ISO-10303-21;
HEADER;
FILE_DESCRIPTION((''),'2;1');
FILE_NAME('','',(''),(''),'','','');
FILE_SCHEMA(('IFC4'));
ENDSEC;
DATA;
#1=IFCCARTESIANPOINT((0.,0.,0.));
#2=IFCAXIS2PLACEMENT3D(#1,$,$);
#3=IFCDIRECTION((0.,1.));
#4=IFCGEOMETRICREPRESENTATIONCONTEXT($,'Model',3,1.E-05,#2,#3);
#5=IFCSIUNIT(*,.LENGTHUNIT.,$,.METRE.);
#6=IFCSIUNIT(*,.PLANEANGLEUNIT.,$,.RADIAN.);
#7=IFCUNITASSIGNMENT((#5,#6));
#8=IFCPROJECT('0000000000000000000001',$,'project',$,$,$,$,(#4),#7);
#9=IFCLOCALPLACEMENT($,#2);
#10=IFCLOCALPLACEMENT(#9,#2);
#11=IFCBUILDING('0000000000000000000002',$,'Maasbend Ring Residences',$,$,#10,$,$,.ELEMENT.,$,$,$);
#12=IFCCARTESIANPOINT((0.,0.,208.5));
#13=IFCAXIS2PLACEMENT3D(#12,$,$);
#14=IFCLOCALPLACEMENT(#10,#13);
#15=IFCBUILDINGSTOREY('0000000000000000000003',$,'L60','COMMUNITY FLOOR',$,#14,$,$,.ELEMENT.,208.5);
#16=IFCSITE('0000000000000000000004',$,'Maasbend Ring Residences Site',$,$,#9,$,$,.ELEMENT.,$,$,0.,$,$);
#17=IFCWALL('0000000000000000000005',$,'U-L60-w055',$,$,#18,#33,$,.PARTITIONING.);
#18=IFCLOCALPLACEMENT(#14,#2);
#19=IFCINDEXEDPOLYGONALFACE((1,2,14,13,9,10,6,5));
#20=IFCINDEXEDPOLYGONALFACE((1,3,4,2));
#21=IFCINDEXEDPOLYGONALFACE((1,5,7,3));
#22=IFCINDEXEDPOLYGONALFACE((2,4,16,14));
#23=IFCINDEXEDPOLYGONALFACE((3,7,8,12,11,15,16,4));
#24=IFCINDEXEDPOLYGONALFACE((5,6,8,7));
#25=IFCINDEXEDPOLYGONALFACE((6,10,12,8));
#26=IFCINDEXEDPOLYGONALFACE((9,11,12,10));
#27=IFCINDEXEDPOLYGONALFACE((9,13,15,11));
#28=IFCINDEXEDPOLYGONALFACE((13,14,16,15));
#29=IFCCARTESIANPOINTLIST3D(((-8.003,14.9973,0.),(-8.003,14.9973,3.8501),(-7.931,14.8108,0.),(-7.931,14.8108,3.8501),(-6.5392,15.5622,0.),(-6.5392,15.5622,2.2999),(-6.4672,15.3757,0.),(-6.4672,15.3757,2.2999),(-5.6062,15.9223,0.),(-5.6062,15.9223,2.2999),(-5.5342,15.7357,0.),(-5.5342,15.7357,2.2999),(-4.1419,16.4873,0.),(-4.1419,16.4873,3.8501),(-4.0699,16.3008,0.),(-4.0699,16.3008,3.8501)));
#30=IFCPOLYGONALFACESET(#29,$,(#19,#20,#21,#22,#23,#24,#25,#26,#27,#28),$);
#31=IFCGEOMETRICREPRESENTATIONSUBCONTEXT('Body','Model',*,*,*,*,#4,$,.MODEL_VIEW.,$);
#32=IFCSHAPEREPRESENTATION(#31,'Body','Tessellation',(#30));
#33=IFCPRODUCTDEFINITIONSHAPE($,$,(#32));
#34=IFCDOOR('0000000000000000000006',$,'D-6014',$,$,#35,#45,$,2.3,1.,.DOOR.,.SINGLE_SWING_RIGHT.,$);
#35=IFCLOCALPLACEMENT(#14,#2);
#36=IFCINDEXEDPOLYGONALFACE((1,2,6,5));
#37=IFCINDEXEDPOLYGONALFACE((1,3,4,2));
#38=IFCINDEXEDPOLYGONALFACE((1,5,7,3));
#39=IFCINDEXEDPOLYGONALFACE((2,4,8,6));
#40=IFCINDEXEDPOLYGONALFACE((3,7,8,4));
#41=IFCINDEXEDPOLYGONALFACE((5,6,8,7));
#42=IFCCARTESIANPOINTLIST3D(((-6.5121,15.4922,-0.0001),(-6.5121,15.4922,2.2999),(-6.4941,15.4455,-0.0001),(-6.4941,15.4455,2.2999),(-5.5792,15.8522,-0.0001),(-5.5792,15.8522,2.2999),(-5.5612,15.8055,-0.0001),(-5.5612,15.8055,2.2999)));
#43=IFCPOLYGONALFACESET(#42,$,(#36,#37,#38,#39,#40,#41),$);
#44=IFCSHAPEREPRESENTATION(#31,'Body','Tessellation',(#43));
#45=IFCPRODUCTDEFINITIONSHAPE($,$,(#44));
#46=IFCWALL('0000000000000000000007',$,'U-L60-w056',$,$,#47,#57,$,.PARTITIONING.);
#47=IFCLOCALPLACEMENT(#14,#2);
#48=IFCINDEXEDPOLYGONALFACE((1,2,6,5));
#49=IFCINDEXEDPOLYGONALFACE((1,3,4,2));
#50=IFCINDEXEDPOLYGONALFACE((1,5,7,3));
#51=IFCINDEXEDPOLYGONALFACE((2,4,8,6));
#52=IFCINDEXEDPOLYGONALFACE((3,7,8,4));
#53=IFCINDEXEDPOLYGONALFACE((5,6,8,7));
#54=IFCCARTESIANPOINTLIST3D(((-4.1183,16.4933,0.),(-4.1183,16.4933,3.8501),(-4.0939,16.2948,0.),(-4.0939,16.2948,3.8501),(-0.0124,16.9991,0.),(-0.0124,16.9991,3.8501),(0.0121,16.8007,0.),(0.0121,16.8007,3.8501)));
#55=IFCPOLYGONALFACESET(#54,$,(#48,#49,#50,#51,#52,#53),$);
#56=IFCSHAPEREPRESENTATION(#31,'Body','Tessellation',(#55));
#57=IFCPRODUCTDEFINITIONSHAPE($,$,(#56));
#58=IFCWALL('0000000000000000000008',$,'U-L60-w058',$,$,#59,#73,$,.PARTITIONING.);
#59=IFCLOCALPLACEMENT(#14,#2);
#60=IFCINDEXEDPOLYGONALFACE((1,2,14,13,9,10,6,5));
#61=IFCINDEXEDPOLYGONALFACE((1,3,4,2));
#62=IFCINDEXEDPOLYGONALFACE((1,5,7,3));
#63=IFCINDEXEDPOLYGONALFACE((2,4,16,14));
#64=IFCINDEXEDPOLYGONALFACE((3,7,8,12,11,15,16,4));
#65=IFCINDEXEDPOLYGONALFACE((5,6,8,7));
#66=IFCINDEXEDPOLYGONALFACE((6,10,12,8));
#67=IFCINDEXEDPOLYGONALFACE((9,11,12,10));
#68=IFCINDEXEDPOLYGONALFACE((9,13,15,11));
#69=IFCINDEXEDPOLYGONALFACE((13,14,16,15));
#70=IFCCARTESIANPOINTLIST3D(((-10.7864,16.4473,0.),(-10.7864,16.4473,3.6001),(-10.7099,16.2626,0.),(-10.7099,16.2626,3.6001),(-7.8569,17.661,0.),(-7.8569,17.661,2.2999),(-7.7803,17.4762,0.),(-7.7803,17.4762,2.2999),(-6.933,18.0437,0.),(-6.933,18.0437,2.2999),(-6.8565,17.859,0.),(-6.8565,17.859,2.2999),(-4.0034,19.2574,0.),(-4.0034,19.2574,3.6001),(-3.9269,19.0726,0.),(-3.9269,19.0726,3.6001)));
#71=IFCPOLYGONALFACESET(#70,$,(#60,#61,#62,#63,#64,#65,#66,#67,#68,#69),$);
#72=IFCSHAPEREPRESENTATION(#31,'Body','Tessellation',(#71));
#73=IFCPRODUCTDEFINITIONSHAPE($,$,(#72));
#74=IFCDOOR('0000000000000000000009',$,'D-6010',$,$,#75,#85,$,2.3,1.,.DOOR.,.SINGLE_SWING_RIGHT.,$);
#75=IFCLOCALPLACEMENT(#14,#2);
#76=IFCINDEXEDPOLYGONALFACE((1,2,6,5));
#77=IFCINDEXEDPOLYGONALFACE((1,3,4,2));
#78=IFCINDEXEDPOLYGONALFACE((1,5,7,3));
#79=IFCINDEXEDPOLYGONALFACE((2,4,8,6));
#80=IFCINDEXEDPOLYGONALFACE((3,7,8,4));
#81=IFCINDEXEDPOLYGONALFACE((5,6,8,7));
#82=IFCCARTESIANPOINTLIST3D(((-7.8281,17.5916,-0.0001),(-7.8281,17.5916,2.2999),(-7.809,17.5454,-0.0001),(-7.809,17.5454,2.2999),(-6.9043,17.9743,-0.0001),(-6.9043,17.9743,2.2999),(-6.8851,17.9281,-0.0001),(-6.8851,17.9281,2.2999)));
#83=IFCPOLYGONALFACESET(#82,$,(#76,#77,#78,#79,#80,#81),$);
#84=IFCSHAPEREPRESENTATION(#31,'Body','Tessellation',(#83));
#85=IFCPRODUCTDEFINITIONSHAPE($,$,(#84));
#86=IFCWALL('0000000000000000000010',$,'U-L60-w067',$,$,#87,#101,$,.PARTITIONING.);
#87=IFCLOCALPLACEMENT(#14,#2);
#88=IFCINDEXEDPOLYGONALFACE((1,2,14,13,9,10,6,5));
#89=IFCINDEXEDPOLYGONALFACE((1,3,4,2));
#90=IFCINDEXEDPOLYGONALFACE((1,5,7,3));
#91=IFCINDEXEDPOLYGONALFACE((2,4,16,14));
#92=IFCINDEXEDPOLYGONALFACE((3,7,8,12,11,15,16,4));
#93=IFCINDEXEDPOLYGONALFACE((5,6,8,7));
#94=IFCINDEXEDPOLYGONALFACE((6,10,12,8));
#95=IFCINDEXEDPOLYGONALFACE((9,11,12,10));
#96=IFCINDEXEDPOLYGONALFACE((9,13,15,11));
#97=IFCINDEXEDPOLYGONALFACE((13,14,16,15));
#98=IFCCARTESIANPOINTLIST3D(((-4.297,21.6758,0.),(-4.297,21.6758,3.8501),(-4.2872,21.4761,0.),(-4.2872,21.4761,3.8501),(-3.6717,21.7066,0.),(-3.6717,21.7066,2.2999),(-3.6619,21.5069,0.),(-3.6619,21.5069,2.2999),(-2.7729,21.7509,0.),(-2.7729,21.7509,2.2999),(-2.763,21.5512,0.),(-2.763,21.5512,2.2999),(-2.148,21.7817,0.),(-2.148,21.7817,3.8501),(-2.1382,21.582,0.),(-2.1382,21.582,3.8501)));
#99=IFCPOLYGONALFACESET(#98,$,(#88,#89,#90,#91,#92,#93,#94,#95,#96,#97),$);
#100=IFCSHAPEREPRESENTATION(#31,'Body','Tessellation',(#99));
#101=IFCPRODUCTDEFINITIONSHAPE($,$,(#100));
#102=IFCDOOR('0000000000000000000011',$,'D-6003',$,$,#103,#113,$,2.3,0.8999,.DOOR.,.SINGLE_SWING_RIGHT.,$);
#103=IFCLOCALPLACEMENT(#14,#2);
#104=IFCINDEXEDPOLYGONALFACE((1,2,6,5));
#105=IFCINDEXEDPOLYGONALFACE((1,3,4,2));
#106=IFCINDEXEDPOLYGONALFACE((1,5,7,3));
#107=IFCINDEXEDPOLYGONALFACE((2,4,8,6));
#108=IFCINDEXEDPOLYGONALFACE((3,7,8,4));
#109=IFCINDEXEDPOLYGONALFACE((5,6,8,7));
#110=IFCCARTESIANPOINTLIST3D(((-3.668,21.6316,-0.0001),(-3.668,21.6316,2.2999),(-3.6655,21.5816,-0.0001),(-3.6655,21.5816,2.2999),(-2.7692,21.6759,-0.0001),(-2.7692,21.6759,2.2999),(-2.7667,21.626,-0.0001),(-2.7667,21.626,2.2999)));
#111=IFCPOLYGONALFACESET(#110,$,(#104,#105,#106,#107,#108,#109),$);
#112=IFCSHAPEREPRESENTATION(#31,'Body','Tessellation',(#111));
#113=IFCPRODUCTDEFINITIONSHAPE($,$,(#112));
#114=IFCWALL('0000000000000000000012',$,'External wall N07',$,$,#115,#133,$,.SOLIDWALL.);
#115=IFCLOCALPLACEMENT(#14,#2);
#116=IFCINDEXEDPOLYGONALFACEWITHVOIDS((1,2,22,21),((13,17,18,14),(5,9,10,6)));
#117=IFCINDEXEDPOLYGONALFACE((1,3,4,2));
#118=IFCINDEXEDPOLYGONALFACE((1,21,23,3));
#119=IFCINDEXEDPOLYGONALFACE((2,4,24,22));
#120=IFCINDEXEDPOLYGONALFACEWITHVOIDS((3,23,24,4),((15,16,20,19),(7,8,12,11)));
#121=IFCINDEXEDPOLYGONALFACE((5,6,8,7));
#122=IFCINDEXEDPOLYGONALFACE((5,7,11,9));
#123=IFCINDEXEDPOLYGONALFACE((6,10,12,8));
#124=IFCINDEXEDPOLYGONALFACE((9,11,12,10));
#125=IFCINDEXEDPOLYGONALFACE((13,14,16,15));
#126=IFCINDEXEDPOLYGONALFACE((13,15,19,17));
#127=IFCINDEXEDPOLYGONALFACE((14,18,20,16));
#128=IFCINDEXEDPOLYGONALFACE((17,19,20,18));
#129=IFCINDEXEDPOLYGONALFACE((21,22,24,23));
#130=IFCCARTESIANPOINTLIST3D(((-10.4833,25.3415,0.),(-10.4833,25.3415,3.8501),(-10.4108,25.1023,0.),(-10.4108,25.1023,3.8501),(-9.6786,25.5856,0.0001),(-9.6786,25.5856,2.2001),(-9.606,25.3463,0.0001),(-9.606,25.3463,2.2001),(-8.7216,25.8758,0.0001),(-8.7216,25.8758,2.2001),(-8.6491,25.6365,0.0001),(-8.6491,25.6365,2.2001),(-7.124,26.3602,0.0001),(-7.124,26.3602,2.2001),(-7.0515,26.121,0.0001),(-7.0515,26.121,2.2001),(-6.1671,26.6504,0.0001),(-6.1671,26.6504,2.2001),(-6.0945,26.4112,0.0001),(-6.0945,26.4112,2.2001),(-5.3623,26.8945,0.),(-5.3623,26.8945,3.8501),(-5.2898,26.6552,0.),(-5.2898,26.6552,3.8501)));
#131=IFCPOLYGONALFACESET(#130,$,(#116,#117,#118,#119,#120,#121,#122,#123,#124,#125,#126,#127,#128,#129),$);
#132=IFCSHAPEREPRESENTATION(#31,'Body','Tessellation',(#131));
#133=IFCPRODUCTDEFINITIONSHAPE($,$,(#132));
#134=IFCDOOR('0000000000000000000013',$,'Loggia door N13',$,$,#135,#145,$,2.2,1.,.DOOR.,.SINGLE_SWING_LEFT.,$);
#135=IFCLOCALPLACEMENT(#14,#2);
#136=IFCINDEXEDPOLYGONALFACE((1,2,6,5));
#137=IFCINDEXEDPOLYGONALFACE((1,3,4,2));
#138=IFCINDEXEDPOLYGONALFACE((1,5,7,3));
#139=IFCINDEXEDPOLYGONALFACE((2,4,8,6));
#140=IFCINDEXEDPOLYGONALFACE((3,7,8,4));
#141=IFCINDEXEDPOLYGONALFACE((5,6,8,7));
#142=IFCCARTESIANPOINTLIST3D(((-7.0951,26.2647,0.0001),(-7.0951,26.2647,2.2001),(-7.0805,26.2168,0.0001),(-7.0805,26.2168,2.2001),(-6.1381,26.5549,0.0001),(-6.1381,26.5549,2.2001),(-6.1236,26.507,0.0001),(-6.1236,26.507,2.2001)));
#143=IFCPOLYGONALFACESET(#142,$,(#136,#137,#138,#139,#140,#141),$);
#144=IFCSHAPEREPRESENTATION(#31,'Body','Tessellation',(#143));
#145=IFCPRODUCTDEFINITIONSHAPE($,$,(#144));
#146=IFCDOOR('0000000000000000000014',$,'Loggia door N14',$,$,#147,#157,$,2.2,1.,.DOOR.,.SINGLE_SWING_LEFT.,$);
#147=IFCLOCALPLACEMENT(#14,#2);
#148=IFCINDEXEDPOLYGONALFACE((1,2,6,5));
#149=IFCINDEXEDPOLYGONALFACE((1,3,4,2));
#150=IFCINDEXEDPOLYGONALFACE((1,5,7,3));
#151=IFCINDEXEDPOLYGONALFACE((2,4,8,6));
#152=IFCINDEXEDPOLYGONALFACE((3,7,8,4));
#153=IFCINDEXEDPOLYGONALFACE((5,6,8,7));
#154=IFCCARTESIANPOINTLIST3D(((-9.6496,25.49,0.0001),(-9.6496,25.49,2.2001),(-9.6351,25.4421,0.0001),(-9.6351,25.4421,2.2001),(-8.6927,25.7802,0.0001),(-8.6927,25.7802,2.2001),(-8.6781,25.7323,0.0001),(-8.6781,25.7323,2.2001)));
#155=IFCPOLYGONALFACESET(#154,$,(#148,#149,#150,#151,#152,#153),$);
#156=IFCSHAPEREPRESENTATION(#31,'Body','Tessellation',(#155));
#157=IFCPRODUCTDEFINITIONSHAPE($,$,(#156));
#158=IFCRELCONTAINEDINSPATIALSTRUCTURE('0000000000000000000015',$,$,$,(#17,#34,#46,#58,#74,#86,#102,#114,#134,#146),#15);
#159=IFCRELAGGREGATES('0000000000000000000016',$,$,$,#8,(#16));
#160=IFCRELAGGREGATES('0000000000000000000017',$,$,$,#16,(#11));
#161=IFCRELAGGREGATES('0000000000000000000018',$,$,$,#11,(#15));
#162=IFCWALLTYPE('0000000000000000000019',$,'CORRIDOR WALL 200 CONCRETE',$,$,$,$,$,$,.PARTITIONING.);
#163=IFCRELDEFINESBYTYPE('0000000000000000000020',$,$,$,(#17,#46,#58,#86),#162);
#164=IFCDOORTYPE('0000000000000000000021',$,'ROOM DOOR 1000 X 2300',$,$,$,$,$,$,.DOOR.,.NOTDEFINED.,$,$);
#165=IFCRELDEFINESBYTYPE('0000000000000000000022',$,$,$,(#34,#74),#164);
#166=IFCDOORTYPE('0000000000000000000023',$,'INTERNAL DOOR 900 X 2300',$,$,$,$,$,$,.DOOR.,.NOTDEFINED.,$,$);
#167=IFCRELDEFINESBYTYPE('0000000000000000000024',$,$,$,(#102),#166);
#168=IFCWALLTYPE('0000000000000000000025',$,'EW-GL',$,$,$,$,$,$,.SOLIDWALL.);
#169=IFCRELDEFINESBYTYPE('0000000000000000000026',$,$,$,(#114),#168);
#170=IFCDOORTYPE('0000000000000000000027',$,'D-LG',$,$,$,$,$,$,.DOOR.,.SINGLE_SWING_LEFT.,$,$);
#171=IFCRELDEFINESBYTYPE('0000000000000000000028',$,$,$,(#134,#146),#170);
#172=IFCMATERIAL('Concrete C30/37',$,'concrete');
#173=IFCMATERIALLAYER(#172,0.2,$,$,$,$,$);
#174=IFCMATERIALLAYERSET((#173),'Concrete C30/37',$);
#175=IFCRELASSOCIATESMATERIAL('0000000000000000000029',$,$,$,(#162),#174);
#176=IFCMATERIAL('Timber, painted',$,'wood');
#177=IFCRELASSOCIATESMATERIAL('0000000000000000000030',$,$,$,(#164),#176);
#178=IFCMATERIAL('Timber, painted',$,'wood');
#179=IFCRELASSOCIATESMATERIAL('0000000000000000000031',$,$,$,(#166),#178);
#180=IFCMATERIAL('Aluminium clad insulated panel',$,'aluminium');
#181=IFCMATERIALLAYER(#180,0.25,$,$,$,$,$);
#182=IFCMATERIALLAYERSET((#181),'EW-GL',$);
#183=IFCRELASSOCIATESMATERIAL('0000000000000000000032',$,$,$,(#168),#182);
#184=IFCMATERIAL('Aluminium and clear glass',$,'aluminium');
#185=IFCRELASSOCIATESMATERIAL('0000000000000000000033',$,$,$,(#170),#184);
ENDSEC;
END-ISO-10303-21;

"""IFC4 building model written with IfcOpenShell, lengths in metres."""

from ifc_helpers import new_model, si_unit, direction, frame, frame_2d, origin, place, context, subcontext, project, spatial, rectangle, extrude, material, layer, layer_set, type_object, element, fill, save


model = new_model("IFC4")

# Units and contexts
model_context = context("Model", 3, precision=1e-05, world=origin(), true_north=direction((0.0, 1.0)))
body_context = subcontext(model_context, "Body", "Model", "MODEL_VIEW")
ifc_project = project(units=[si_unit("LENGTHUNIT", "METRE"), si_unit("PLANEANGLEUNIT", "RADIAN")], contexts=[model_context])

# Site, building, storey
site_placement = place(None, origin())
site = spatial("IfcSite", under=ifc_project, at=site_placement, Name="Maasbend Ring Residences Site", CompositionType="ELEMENT", RefElevation=0.0)
building_placement = place(site_placement, origin())
building = spatial("IfcBuilding", under=site, at=building_placement, Name="Maasbend Ring Residences", CompositionType="ELEMENT")
storey_placement = place(building_placement, frame((0.0, 0.0, 208.5)))
storey = spatial("IfcBuildingStorey", under=building, at=storey_placement, Name="L60", Description="COMMUNITY FLOOR", CompositionType="ELEMENT", Elevation=208.5)

# Shared definitions
ifc_material_1 = material(Name="Concrete C30/37", Category="concrete")
ifc_layer_1 = layer(ifc_material_1, 0.2)
ifc_layer_set_1 = layer_set([ifc_layer_1], Name="Concrete C30/37")
wall_type_1 = type_object("IfcWallType", Name="CORRIDOR WALL 200 CONCRETE", PredefinedType="PARTITIONING", material=ifc_layer_set_1)

# Wall, opening, door
wall_1_placement = place(storey_placement, frame((-7.967, 14.9041, 0.0), z_axis=(0.0, 0.0, 1.0), x_axis=(0.932944, 0.360022, 0.0)))
wall_1 = element("IfcWall", 1, at=wall_1_placement, inside=storey, type_object=wall_type_1, Name="U-L60-w055", PredefinedType="PARTITIONING", context=body_context, shape_type="SweptSolid", body=[
    extrude(rectangle(XDim=4.1387, YDim=0.2, at=frame_2d((2.0693, 0.0))), origin(), (0.0, 0.0, 1.0), 3.8501),
])
opening_1_placement = place(wall_1_placement, frame((1.5691, 0.0, 0.0)))
opening_1 = element("IfcOpeningElement", 2, at=opening_1_placement, cuts=wall_1, PredefinedType="OPENING", context=body_context, shape_type="SweptSolid", body=[
    extrude(rectangle(XDim=1.0, YDim=2.3, at=frame_2d((0.5, 1.1499))), frame((0.0, 0.1099, 0.0), z_axis=(0.0, -1.0, 0.0), x_axis=(1.0, 0.0, 0.0)), (0.0, 0.0, 1.0), 0.22),
])
ifc_material_2 = material(Name="Timber, painted", Category="wood")
door_type_1 = type_object("IfcDoorType", Name="ROOM DOOR 1000 X 2300", OperationType="NOTDEFINED", PredefinedType="DOOR", material=ifc_material_2)
door_1_placement = place(opening_1_placement, origin())
door_1 = element("IfcDoor", 3, at=door_1_placement, inside=storey, type_object=door_type_1, Name="D-6014", OperationType="SINGLE_SWING_RIGHT", OverallHeight=2.3, OverallWidth=1.0, PredefinedType="DOOR", context=body_context, shape_type="SweptSolid", body=[
    extrude(rectangle(XDim=1.0, YDim=2.3, at=frame_2d((0.5, 1.1499))), frame((0.0, 0.0249, 0.0), z_axis=(0.0, -1.0, 0.0), x_axis=(1.0, 0.0, 0.0)), (0.0, 0.0, 1.0), 0.05),
])
fill(opening_1, door_1)

# Wall
wall_2_placement = place(storey_placement, frame((-4.106, 16.394, 0.0), z_axis=(0.0, 0.0, 1.0), x_axis=(0.992496, 0.122277, 0.0)))
element("IfcWall", 4, at=wall_2_placement, inside=storey, type_object=wall_type_1, Name="U-L60-w056", PredefinedType="PARTITIONING", context=body_context, shape_type="SweptSolid", body=[
    extrude(rectangle(XDim=4.137, YDim=0.2, at=frame_2d((2.0684, 0.0))), origin(), (0.0, 0.0, 1.0), 3.8501),
])

# Walls, openings, doors
wall_3_placement = place(storey_placement, frame((-10.748, 16.355, 0.0), z_axis=(0.0, 0.0, 1.0), x_axis=(0.923857, 0.382737, 0.0)))
wall_3 = element("IfcWall", 5, at=wall_3_placement, inside=storey, type_object=wall_type_1, Name="U-L60-w058", PredefinedType="PARTITIONING", context=body_context, shape_type="SweptSolid", body=[
    extrude(rectangle(XDim=7.342, YDim=0.2, at=frame_2d((3.6709, 0.0))), origin(), (0.0, 0.0, 1.0), 3.6001),
])
opening_2_placement = place(wall_3_placement, frame((3.1709, 0.0, 0.0)))
opening_2 = element("IfcOpeningElement", 6, at=opening_2_placement, cuts=wall_3, PredefinedType="OPENING", context=body_context, shape_type="SweptSolid", body=[
    extrude(rectangle(XDim=1.0, YDim=2.3, at=frame_2d((0.5, 1.1499))), frame((0.0, 0.1099, 0.0), z_axis=(0.0, -1.0, 0.0), x_axis=(1.0, 0.0, 0.0)), (0.0, 0.0, 1.0), 0.22),
])
door_2_placement = place(opening_2_placement, origin())
door_2 = element("IfcDoor", 7, at=door_2_placement, inside=storey, type_object=door_type_1, Name="D-6010", OperationType="SINGLE_SWING_RIGHT", OverallHeight=2.3, OverallWidth=1.0, PredefinedType="DOOR", context=body_context, shape_type="SweptSolid", body=[
    extrude(rectangle(XDim=1.0, YDim=2.3, at=frame_2d((0.5, 1.1499))), frame((0.0, 0.0249, 0.0), z_axis=(0.0, -1.0, 0.0), x_axis=(1.0, 0.0, 0.0)), (0.0, 0.0, 1.0), 0.05),
])
fill(opening_2, door_2)
wall_4_placement = place(storey_placement, frame((-4.292, 21.5759, 0.0), z_axis=(0.0, 0.0, 1.0), x_axis=(0.998787, 0.049247, 0.0)))
wall_4 = element("IfcWall", 8, at=wall_4_placement, inside=storey, type_object=wall_type_1, Name="U-L60-w067", PredefinedType="PARTITIONING", context=body_context, shape_type="SweptSolid", body=[
    extrude(rectangle(XDim=2.1516, YDim=0.2, at=frame_2d((1.0757, 0.0))), origin(), (0.0, 0.0, 1.0), 3.8501),
])
opening_3_placement = place(wall_4_placement, frame((0.626, 0.0, 0.0)))
opening_3 = element("IfcOpeningElement", 9, at=opening_3_placement, cuts=wall_4, PredefinedType="OPENING", context=body_context, shape_type="SweptSolid", body=[
    extrude(rectangle(XDim=0.8999, YDim=2.3, at=frame_2d((0.45, 1.1499))), frame((0.0, 0.1099, 0.0), z_axis=(0.0, -1.0, 0.0), x_axis=(1.0, 0.0, 0.0)), (0.0, 0.0, 1.0), 0.22),
])
ifc_material_3 = material(Name="Timber, painted", Category="wood")
door_type_2 = type_object("IfcDoorType", Name="INTERNAL DOOR 900 X 2300", OperationType="NOTDEFINED", PredefinedType="DOOR", material=ifc_material_3)
door_3_placement = place(opening_3_placement, origin())
door_3 = element("IfcDoor", 10, at=door_3_placement, inside=storey, type_object=door_type_2, Name="D-6003", OperationType="SINGLE_SWING_RIGHT", OverallHeight=2.3, OverallWidth=0.8999, PredefinedType="DOOR", context=body_context, shape_type="SweptSolid", body=[
    extrude(rectangle(XDim=0.8999, YDim=2.3, at=frame_2d((0.45, 1.1499))), frame((0.0, 0.0249, 0.0), z_axis=(0.0, -1.0, 0.0), x_axis=(1.0, 0.0, 0.0)), (0.0, 0.0, 1.0), 0.05),
])
fill(opening_3, door_3)

# Wall, openings, doors
ifc_material_4 = material(Name="Aluminium clad insulated panel", Category="aluminium")
ifc_layer_2 = layer(ifc_material_4, 0.25)
ifc_layer_set_2 = layer_set([ifc_layer_2], Name="EW-GL")
wall_type_2 = type_object("IfcWallType", Name="EW-GL", PredefinedType="SOLIDWALL", material=ifc_layer_set_2)
wall_5_placement = place(storey_placement, frame((-5.3259, 26.7749, 0.0), z_axis=(0.0, 0.0, 1.0), x_axis=(-0.956966, -0.290201, 0.0)))
wall_5 = element("IfcWall", 11, at=wall_5_placement, inside=storey, type_object=wall_type_2, Name="External wall N07", PredefinedType="SOLIDWALL", context=body_context, shape_type="SweptSolid", body=[
    extrude(rectangle(XDim=5.3513, YDim=0.25, at=frame_2d((2.6758, 0.0))), origin(), (0.0, 0.0, 1.0), 3.8501),
])
opening_4_placement = place(wall_5_placement, frame((0.8411, 0.0, 0.0)))
opening_4 = element("IfcOpeningElement", 12, at=opening_4_placement, cuts=wall_5, PredefinedType="OPENING", context=body_context, shape_type="SweptSolid", body=[
    extrude(rectangle(XDim=1.0, YDim=2.2, at=frame_2d((0.5, 1.1001))), frame((0.0, 0.135, 0.0), z_axis=(0.0, -1.0, 0.0), x_axis=(1.0, 0.0, 0.0)), (0.0, 0.0, 1.0), 0.27),
])
opening_5_placement = place(wall_5_placement, frame((3.5105, 0.0, 0.0)))
opening_5 = element("IfcOpeningElement", 13, at=opening_5_placement, cuts=wall_5, PredefinedType="OPENING", context=body_context, shape_type="SweptSolid", body=[
    extrude(rectangle(XDim=1.0, YDim=2.2, at=frame_2d((0.5, 1.1001))), frame((0.0, 0.135, 0.0), z_axis=(0.0, -1.0, 0.0), x_axis=(1.0, 0.0, 0.0)), (0.0, 0.0, 1.0), 0.27),
])
ifc_material_5 = material(Name="Aluminium and clear glass", Category="aluminium")
door_type_3 = type_object("IfcDoorType", Name="D-LG", OperationType="SINGLE_SWING_LEFT", PredefinedType="DOOR", material=ifc_material_5)
door_4_placement = place(opening_4_placement, origin())
door_4 = element("IfcDoor", 14, at=door_4_placement, inside=storey, type_object=door_type_3, Name="Loggia door N13", OperationType="SINGLE_SWING_LEFT", OverallHeight=2.2, OverallWidth=1.0, PredefinedType="DOOR", context=body_context, shape_type="SweptSolid", body=[
    extrude(rectangle(XDim=1.0, YDim=2.2, at=frame_2d((0.5, 1.1001))), frame((0.0, 0.0249, 0.0), z_axis=(0.0, -1.0, 0.0), x_axis=(1.0, 0.0, 0.0)), (0.0, 0.0, 1.0), 0.05),
])
fill(opening_4, door_4)
door_5_placement = place(opening_5_placement, origin())
door_5 = element("IfcDoor", 15, at=door_5_placement, inside=storey, type_object=door_type_3, Name="Loggia door N14", OperationType="SINGLE_SWING_LEFT", OverallHeight=2.2, OverallWidth=1.0, PredefinedType="DOOR", context=body_context, shape_type="SweptSolid", body=[
    extrude(rectangle(XDim=1.0, YDim=2.2, at=frame_2d((0.5, 1.1001))), frame((0.0, 0.0249, 0.0), z_axis=(0.0, -1.0, 0.0), x_axis=(1.0, 0.0, 0.0)), (0.0, 0.0, 1.0), 0.05),
])
fill(opening_5, door_5)

save(model, "model.ifc")
